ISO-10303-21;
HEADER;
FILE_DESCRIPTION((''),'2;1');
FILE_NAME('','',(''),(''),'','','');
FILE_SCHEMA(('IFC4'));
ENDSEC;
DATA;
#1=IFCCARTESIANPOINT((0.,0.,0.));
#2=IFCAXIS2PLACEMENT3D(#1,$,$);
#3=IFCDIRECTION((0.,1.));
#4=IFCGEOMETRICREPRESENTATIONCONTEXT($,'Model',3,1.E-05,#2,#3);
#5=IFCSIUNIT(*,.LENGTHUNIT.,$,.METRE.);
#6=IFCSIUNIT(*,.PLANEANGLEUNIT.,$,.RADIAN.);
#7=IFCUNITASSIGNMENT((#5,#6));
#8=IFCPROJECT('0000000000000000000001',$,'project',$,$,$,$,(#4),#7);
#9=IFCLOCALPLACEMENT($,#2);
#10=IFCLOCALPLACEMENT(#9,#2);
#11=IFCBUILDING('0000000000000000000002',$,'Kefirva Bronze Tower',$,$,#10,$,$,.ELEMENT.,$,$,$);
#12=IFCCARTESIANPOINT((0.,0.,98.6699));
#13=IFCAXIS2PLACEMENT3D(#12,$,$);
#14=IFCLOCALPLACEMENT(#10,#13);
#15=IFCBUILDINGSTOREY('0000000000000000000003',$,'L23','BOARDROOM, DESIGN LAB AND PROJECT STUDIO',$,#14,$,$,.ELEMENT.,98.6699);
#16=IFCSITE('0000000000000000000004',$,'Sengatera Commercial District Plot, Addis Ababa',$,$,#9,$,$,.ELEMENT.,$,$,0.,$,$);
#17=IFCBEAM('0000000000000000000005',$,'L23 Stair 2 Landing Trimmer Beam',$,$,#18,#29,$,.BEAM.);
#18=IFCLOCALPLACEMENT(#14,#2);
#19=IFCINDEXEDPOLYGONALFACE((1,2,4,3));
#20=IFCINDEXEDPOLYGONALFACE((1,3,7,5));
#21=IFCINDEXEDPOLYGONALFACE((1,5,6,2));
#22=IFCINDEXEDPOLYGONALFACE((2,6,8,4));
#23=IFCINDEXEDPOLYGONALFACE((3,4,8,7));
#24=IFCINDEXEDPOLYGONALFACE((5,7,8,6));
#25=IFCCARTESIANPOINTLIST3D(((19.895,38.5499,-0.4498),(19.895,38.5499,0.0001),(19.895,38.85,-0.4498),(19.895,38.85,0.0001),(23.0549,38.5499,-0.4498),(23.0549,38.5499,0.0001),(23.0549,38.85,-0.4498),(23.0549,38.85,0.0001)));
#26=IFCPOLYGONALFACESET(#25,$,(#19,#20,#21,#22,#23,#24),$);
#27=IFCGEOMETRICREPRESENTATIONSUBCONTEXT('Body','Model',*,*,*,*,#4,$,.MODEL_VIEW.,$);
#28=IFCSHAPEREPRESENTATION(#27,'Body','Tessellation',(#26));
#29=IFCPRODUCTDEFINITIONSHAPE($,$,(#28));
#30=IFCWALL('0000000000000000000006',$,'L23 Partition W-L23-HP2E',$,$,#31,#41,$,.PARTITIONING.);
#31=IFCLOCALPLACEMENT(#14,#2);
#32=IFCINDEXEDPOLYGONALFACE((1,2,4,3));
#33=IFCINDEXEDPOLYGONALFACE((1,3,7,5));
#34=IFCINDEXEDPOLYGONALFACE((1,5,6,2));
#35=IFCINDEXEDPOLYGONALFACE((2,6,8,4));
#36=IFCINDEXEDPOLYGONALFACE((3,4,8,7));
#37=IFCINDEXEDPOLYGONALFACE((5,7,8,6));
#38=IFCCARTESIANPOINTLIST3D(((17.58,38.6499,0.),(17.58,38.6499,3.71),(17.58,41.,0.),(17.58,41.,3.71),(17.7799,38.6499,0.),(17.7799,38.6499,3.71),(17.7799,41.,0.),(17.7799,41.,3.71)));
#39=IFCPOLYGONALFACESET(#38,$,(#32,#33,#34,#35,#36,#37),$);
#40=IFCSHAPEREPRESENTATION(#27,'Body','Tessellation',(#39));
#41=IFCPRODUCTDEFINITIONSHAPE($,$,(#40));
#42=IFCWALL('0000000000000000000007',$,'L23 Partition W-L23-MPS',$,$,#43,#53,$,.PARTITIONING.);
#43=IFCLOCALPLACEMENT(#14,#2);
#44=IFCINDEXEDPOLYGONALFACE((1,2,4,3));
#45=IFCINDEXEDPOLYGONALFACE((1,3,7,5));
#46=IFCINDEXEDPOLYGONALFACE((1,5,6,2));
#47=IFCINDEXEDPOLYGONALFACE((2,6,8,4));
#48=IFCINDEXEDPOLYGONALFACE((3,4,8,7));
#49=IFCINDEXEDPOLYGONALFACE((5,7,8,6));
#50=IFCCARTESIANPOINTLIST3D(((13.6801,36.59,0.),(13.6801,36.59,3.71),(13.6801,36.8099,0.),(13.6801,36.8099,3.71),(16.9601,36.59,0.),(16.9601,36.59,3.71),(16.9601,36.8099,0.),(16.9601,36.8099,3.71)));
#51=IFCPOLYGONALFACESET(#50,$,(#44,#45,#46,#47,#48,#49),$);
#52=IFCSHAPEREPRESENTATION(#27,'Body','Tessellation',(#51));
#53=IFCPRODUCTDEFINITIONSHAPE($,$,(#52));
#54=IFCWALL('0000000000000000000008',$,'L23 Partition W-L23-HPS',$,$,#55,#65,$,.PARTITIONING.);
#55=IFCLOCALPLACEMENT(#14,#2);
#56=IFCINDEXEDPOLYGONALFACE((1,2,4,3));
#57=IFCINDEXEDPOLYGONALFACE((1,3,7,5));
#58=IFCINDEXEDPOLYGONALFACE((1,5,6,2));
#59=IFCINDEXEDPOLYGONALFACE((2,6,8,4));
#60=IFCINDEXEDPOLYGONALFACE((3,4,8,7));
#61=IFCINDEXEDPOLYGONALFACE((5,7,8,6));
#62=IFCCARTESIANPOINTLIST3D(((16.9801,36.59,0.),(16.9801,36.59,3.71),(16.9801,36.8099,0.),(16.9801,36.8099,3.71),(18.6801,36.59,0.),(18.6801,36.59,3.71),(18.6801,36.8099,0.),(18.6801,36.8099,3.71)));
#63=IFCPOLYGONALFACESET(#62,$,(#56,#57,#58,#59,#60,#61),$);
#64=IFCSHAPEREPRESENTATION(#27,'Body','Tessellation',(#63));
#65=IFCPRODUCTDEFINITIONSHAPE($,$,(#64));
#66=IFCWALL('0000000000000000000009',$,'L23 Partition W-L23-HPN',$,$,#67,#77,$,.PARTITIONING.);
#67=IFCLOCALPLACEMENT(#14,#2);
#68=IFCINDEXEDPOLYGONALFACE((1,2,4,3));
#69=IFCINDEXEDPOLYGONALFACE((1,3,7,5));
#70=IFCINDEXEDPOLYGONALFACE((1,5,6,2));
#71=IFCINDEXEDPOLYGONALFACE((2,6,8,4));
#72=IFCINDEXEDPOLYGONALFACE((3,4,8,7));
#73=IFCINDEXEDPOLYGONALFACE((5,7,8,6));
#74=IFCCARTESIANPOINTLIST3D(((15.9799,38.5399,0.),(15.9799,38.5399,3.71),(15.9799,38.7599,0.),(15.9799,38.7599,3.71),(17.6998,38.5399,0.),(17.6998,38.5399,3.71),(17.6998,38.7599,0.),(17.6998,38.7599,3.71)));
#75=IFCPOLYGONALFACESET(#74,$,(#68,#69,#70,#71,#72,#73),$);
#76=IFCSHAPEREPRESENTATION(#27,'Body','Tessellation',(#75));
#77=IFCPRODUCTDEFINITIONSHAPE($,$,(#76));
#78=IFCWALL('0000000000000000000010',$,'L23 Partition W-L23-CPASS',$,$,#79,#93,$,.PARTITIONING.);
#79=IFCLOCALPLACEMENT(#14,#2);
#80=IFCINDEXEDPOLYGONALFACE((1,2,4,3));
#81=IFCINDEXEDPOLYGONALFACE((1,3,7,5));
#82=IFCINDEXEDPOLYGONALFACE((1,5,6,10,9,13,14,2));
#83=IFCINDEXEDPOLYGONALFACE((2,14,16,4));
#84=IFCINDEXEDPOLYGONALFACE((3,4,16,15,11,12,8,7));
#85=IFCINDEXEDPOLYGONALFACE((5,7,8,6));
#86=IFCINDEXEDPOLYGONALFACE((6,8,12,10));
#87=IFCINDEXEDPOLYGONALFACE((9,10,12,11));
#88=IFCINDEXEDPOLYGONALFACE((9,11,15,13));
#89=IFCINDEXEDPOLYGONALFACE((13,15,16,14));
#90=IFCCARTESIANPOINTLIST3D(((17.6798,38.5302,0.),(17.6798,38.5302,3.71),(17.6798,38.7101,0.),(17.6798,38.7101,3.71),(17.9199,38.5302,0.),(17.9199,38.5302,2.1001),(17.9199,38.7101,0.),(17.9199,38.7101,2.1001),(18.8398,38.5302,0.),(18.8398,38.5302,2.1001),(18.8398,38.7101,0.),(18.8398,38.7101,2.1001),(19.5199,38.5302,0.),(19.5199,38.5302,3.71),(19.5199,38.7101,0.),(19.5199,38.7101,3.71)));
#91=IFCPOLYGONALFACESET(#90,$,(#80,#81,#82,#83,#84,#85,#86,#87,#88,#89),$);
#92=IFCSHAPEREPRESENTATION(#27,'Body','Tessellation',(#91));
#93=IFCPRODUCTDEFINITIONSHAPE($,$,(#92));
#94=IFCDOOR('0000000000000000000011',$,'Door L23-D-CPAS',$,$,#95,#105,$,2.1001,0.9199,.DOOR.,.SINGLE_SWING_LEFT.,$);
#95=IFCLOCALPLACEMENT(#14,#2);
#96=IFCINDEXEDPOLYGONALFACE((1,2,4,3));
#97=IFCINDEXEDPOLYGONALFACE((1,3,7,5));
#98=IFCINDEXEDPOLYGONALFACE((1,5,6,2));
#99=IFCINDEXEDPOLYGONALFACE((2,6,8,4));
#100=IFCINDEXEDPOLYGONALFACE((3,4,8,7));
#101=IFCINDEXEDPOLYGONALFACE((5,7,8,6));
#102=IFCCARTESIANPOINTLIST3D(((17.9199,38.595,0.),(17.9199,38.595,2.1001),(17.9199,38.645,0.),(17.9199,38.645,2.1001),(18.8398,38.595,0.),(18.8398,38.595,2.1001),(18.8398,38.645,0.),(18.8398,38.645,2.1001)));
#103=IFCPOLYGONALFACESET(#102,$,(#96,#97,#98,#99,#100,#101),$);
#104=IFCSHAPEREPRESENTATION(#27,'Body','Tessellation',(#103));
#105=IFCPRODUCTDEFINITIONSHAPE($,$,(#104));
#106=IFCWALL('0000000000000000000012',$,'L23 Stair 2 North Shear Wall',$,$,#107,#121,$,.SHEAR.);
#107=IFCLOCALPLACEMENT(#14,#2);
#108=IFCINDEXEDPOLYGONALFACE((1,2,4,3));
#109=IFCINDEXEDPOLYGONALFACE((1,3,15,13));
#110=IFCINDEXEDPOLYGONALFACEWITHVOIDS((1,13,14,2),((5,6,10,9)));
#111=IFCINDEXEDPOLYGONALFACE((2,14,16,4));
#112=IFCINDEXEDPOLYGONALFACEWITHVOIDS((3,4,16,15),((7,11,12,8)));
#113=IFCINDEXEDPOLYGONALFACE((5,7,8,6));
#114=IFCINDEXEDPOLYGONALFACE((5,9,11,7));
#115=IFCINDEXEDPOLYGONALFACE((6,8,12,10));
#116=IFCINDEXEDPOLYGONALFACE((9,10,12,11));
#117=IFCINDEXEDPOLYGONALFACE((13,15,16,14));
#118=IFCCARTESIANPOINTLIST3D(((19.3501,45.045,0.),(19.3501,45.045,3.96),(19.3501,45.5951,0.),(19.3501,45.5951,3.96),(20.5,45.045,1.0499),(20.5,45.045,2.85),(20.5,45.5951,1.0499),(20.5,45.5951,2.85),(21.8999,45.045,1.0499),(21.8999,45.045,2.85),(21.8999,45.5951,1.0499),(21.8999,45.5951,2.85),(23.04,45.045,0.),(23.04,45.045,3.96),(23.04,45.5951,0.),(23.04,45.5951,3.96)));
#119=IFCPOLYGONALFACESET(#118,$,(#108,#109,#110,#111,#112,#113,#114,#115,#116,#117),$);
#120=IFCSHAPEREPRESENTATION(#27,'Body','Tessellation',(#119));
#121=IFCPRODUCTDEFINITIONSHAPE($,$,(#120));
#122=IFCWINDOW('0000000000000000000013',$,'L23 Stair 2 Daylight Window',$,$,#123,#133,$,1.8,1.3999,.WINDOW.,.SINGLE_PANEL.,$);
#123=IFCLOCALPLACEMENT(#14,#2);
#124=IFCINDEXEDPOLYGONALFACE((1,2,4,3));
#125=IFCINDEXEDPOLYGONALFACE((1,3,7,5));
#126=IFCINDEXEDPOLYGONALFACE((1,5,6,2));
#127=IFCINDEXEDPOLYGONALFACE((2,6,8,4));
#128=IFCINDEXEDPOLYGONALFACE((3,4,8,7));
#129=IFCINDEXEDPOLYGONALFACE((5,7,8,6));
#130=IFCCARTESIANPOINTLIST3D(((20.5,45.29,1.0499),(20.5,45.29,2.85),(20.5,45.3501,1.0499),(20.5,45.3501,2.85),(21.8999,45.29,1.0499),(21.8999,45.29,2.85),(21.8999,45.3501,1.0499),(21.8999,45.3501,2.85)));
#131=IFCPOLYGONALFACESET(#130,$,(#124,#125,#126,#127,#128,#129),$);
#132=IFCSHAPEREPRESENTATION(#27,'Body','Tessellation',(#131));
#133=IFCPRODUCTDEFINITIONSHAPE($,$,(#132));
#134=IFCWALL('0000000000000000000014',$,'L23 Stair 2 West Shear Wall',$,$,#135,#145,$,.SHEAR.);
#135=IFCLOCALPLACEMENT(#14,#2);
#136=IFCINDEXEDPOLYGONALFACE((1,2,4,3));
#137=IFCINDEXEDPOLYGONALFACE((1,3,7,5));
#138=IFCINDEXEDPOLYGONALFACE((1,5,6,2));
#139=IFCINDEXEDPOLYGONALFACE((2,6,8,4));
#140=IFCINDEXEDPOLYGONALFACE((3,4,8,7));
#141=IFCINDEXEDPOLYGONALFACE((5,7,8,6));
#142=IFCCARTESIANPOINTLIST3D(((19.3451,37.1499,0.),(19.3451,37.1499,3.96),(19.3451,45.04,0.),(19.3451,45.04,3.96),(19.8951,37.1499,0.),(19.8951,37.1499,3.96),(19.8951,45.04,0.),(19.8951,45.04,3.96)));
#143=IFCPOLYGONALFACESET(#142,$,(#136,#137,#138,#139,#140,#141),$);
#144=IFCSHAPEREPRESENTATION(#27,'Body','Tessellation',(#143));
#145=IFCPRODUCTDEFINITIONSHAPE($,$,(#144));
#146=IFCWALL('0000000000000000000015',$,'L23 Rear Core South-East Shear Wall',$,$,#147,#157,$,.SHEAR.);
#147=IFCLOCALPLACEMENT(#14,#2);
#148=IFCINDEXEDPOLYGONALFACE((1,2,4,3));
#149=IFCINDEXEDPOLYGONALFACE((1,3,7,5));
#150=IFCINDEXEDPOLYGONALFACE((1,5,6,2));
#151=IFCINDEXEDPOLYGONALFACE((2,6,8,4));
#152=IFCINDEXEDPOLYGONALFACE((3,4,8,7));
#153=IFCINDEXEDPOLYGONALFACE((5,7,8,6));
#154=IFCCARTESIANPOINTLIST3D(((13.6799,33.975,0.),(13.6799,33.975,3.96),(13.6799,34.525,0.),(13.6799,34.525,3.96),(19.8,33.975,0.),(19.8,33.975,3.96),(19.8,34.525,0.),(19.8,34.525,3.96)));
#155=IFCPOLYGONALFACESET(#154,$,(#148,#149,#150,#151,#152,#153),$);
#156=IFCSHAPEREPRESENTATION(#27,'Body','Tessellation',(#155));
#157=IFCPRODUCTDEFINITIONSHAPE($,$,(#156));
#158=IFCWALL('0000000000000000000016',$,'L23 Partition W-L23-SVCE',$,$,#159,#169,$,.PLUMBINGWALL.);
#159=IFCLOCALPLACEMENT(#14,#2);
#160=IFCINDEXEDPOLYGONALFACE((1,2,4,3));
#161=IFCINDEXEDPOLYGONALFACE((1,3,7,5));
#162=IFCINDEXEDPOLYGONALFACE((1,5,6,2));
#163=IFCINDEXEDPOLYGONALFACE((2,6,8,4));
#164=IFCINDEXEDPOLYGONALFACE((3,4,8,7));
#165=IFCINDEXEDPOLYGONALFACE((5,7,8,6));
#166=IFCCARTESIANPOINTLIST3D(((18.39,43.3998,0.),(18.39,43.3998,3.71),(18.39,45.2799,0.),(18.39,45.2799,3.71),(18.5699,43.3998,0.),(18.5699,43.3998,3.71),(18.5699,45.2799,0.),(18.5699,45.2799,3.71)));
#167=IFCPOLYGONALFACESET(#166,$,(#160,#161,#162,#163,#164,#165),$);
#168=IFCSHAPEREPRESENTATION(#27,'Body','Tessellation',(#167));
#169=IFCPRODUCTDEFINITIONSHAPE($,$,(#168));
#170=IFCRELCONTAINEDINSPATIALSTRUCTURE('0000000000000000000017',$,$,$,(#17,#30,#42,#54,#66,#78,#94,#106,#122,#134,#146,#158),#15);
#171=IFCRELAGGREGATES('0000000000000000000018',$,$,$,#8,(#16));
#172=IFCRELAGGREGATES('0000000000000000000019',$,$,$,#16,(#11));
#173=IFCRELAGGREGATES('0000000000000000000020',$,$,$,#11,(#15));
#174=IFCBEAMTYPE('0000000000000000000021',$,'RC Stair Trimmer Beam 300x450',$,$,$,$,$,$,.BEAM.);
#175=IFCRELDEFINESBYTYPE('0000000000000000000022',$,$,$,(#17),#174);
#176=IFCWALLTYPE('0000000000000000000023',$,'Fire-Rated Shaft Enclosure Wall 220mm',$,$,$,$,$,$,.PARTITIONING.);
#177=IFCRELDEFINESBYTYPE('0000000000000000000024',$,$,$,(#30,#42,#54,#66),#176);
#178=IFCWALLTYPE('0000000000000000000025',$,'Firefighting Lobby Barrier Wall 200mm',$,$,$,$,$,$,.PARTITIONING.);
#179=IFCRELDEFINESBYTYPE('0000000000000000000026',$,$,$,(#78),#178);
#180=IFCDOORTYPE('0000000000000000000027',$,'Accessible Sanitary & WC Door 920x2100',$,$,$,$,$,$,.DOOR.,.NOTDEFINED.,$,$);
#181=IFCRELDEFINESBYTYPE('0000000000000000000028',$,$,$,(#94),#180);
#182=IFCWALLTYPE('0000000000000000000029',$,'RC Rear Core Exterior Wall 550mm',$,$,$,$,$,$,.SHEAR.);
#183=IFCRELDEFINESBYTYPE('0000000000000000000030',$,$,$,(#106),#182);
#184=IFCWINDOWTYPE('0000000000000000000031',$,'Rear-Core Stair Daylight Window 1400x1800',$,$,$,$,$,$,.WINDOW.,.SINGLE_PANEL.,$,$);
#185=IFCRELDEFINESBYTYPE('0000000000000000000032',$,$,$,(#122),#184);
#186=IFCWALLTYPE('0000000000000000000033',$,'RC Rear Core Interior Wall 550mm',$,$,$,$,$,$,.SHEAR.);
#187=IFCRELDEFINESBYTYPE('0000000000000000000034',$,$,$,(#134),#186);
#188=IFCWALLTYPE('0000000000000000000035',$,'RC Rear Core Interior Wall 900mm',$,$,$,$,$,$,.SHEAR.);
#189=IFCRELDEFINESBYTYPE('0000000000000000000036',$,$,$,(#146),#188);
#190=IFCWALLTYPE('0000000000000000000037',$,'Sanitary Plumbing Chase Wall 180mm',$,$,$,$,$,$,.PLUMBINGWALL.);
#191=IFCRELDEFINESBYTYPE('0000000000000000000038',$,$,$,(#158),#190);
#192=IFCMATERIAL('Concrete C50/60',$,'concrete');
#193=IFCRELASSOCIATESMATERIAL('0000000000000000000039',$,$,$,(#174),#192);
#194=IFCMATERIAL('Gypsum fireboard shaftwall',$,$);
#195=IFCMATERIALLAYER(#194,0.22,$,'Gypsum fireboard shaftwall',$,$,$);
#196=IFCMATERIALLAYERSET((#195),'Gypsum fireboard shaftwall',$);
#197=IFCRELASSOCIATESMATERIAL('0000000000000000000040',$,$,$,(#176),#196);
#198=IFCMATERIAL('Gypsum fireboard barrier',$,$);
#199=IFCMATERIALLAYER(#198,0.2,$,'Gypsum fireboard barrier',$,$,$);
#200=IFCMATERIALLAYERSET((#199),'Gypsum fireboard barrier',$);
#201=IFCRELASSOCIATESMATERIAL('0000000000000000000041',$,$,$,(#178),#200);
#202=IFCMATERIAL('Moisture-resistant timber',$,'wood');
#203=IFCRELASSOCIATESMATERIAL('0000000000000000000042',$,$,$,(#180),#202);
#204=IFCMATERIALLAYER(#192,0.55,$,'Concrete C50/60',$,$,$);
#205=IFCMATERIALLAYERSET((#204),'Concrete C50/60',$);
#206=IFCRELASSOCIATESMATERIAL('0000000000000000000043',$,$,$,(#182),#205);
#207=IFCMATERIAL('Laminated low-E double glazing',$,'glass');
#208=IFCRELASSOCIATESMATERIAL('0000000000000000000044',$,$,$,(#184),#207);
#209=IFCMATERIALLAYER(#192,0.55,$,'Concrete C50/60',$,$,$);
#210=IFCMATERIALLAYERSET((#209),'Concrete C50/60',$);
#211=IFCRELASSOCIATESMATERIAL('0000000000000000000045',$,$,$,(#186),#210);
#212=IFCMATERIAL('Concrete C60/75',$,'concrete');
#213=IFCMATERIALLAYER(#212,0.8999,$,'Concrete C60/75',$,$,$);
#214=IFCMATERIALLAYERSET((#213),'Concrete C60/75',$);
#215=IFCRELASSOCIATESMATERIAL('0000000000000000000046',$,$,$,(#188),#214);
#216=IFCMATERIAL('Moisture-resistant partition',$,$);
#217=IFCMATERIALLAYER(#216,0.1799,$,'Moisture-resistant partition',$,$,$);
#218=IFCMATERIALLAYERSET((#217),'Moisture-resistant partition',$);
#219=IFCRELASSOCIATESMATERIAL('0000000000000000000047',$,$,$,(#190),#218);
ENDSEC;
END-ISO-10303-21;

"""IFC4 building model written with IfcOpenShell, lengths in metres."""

from ifc_helpers import new_model, si_unit, direction, frame, frame_2d, origin, origin_2d, place, context, subcontext, project, spatial, rectangle, extrude, material, layer, layer_set, material_profile, profile_set, type_object, element, fill, save


model = new_model("IFC4")

# Units and contexts
model_context = context("Model", 3, precision=1e-05, world=origin(), true_north=direction((0.0, 1.0)))
body_context = subcontext(model_context, "Body", "Model", "MODEL_VIEW")
ifc_project = project(units=[si_unit("LENGTHUNIT", "METRE"), si_unit("PLANEANGLEUNIT", "RADIAN")], contexts=[model_context])

# Site, building, storey
site_placement = place(None, origin())
site = spatial("IfcSite", under=ifc_project, at=site_placement, Name="Sengatera Commercial District Plot, Addis Ababa", CompositionType="ELEMENT", RefElevation=0.0)
building_placement = place(site_placement, origin())
building = spatial("IfcBuilding", under=site, at=building_placement, Name="Kefirva Bronze Tower", CompositionType="ELEMENT")
storey_placement = place(building_placement, frame((0.0, 0.0, 98.6699)))
storey = spatial("IfcBuildingStorey", under=building, at=storey_placement, Name="L23", Description="BOARDROOM, DESIGN LAB AND PROJECT STUDIO", CompositionType="ELEMENT", Elevation=98.6699)

# Beam
ifc_material_1 = material(Name="Concrete C50/60", Category="concrete")
ifc_material_profile = material_profile(ifc_material_1, rectangle(XDim=0.3, YDim=0.45, at=origin_2d()), Name="RC 300x450")
ifc_profile_set = profile_set([ifc_material_profile], Name="Concrete C50/60")
beam_type = type_object("IfcBeamType", Name="RC Stair Trimmer Beam 300x450", PredefinedType="BEAM", material=ifc_profile_set)
beam_placement = place(storey_placement, frame((19.895, 38.7, -0.2249), z_axis=(1.0, 0.0, 0.0), x_axis=(0.0, 1.0, 0.0)))
element("IfcBeam", 1, at=beam_placement, inside=storey, type_object=beam_type, Name="L23 Stair 2 Landing Trimmer Beam", PredefinedType="BEAM", context=body_context, shape_type="SweptSolid", body=[
    extrude(rectangle(XDim=0.3, YDim=0.45, at=origin_2d()), origin(), (0.0, 0.0, 1.0), 3.1599),
])

# Shared definitions
ifc_material_2 = material(Name="Gypsum fireboard shaftwall")
ifc_layer_1 = layer(ifc_material_2, 0.22, Name="Gypsum fireboard shaftwall")
ifc_layer_set_1 = layer_set([ifc_layer_1], Name="Gypsum fireboard shaftwall")
wall_type_1 = type_object("IfcWallType", Name="Fire-Rated Shaft Enclosure Wall 220mm", PredefinedType="PARTITIONING", material=ifc_layer_set_1)

# Walls
wall_1_placement = place(storey_placement, frame((17.6799, 38.6499, 0.0), z_axis=(0.0, 0.0, 1.0), x_axis=(0.0, 1.0, 0.0)))
element("IfcWall", 2, at=wall_1_placement, inside=storey, type_object=wall_type_1, Name="L23 Partition W-L23-HP2E", PredefinedType="PARTITIONING", context=body_context, shape_type="SweptSolid", body=[
    extrude(rectangle(XDim=2.3501, YDim=0.2, at=frame_2d((1.175, 0.0))), origin(), (0.0, 0.0, 1.0), 3.71),
])
wall_2_placement = place(storey_placement, frame((13.6799, 36.7, 0.0), z_axis=(0.0, 0.0, 1.0), x_axis=(1.0, 0.0, 0.0)))
element("IfcWall", 3, at=wall_2_placement, inside=storey, type_object=wall_type_1, Name="L23 Partition W-L23-MPS", PredefinedType="PARTITIONING", context=body_context, shape_type="SweptSolid", body=[
    extrude(rectangle(XDim=3.28, YDim=0.22, at=frame_2d((1.6401, 0.0))), origin(), (0.0, 0.0, 1.0), 3.71),
])
wall_3_placement = place(storey_placement, frame((16.98, 36.7, 0.0), z_axis=(0.0, 0.0, 1.0), x_axis=(1.0, 0.0, 0.0)))
element("IfcWall", 4, at=wall_3_placement, inside=storey, type_object=wall_type_1, Name="L23 Partition W-L23-HPS", PredefinedType="PARTITIONING", context=body_context, shape_type="SweptSolid", body=[
    extrude(rectangle(XDim=1.7, YDim=0.22, at=frame_2d((0.8501, 0.0))), origin(), (0.0, 0.0, 1.0), 3.71),
])
wall_4_placement = place(storey_placement, frame((15.98, 38.6499, 0.0), z_axis=(0.0, 0.0, 1.0), x_axis=(1.0, 0.0, 0.0)))
element("IfcWall", 5, at=wall_4_placement, inside=storey, type_object=wall_type_1, Name="L23 Partition W-L23-HPN", PredefinedType="PARTITIONING", context=body_context, shape_type="SweptSolid", body=[
    extrude(rectangle(XDim=1.72, YDim=0.22, at=frame_2d((0.8599, 0.0))), origin(), (0.0, 0.0, 1.0), 3.71),
])

# Wall, opening, door
ifc_material_3 = material(Name="Gypsum fireboard barrier")
ifc_layer_2 = layer(ifc_material_3, 0.2, Name="Gypsum fireboard barrier")
ifc_layer_set_2 = layer_set([ifc_layer_2], Name="Gypsum fireboard barrier")
wall_type_2 = type_object("IfcWallType", Name="Firefighting Lobby Barrier Wall 200mm", PredefinedType="PARTITIONING", material=ifc_layer_set_2)
wall_5_placement = place(storey_placement, frame((17.6799, 38.6201, 0.0), z_axis=(0.0, 0.0, 1.0), x_axis=(1.0, 0.0, 0.0)))
wall_5 = element("IfcWall", 6, at=wall_5_placement, inside=storey, type_object=wall_type_2, Name="L23 Partition W-L23-CPASS", PredefinedType="PARTITIONING", context=body_context, shape_type="SweptSolid", body=[
    extrude(rectangle(XDim=1.8401, YDim=0.1799, at=frame_2d((0.9199, 0.0))), origin(), (0.0, 0.0, 1.0), 3.71),
])
opening_1_placement = place(wall_5_placement, frame((0.24, 0.0, 0.0)))
opening_1 = element("IfcOpeningElement", 7, at=opening_1_placement, cuts=wall_5, PredefinedType="OPENING", context=body_context, shape_type="SweptSolid", body=[
    extrude(rectangle(XDim=0.9199, YDim=2.1001, at=frame_2d((0.46, 1.05))), frame((0.0, 0.1001, 0.0), z_axis=(0.0, -1.0, 0.0), x_axis=(1.0, 0.0, 0.0)), (0.0, 0.0, 1.0), 0.2),
])
ifc_material_4 = material(Name="Moisture-resistant timber", Category="wood")
door_type_1 = type_object("IfcDoorType", Name="Accessible Sanitary & WC Door 920x2100", OperationType="NOTDEFINED", PredefinedType="DOOR", material=ifc_material_4)
door_1_placement = place(opening_1_placement, origin())
door_1 = element("IfcDoor", 8, at=door_1_placement, inside=storey, type_object=door_type_1, Name="Door L23-D-CPAS", OperationType="SINGLE_SWING_LEFT", OverallHeight=2.1001, OverallWidth=0.9199, PredefinedType="DOOR", context=body_context, shape_type="SweptSolid", body=[
    extrude(rectangle(XDim=0.9199, YDim=2.1001, at=frame_2d((0.46, 1.05))), frame((0.0, 0.0249, 0.0), z_axis=(0.0, -1.0, 0.0), x_axis=(1.0, 0.0, 0.0)), (0.0, 0.0, 1.0), 0.05),
])
fill(opening_1, door_1)

# Wall, opening, window
ifc_layer_3 = layer(ifc_material_1, 0.55, Name="Concrete C50/60")
ifc_layer_set_3 = layer_set([ifc_layer_3], Name="Concrete C50/60")
wall_type_3 = type_object("IfcWallType", Name="RC Rear Core Exterior Wall 550mm", PredefinedType="SHEAR", material=ifc_layer_set_3)
wall_6_placement = place(storey_placement, frame((19.3501, 45.3201, 0.0), z_axis=(0.0, 0.0, 1.0), x_axis=(1.0, 0.0, 0.0)))
wall_6 = element("IfcWall", 9, at=wall_6_placement, inside=storey, type_object=wall_type_3, Name="L23 Stair 2 North Shear Wall", PredefinedType="SHEAR", context=body_context, shape_type="SweptSolid", body=[
    extrude(rectangle(XDim=3.6899, YDim=0.55, at=frame_2d((1.845, 0.0))), origin(), (0.0, 0.0, 1.0), 3.96),
])
opening_2_placement = place(wall_6_placement, frame((1.1499, 0.0, 1.05)))
opening_2 = element("IfcOpeningElement", 10, at=opening_2_placement, cuts=wall_6, PredefinedType="OPENING", context=body_context, shape_type="SweptSolid", body=[
    extrude(rectangle(XDim=1.3999, YDim=1.8, at=frame_2d((0.7, 0.8999))), frame((0.0, 0.2852, 0.0), z_axis=(0.0, -1.0, 0.0), x_axis=(1.0, 0.0, 0.0)), (0.0, 0.0, 1.0), 0.5701),
])
ifc_material_5 = material(Name="Laminated low-E double glazing", Category="glass")
window_type = type_object("IfcWindowType", Name="Rear-Core Stair Daylight Window 1400x1800", PartitioningType="SINGLE_PANEL", PredefinedType="WINDOW", material=ifc_material_5)
window_placement = place(opening_2_placement, origin())
window = element("IfcWindow", 11, at=window_placement, inside=storey, type_object=window_type, Name="L23 Stair 2 Daylight Window", OverallHeight=1.8, OverallWidth=1.3999, PartitioningType="SINGLE_PANEL", PredefinedType="WINDOW", context=body_context, shape_type="SweptSolid", body=[
    extrude(rectangle(XDim=1.3999, YDim=1.8, at=frame_2d((0.7, 0.8999))), frame((0.0, 0.03, 0.0), z_axis=(0.0, -1.0, 0.0), x_axis=(1.0, 0.0, 0.0)), (0.0, 0.0, 1.0), 0.0601),
])
fill(opening_2, window)

# Walls
ifc_layer_4 = layer(ifc_material_1, 0.55, Name="Concrete C50/60")
ifc_layer_set_4 = layer_set([ifc_layer_4], Name="Concrete C50/60")
wall_type_4 = type_object("IfcWallType", Name="RC Rear Core Interior Wall 550mm", PredefinedType="SHEAR", material=ifc_layer_set_4)
wall_7_placement = place(storey_placement, frame((19.6201, 37.1499, 0.0), z_axis=(0.0, 0.0, 1.0), x_axis=(0.0, 1.0, 0.0)))
element("IfcWall", 12, at=wall_7_placement, inside=storey, type_object=wall_type_4, Name="L23 Stair 2 West Shear Wall", PredefinedType="SHEAR", context=body_context, shape_type="SweptSolid", body=[
    extrude(rectangle(XDim=7.8901, YDim=0.55, at=frame_2d((3.9451, 0.0))), origin(), (0.0, 0.0, 1.0), 3.96),
])
ifc_material_6 = material(Name="Concrete C60/75", Category="concrete")
ifc_layer_5 = layer(ifc_material_6, 0.8999, Name="Concrete C60/75")
ifc_layer_set_5 = layer_set([ifc_layer_5], Name="Concrete C60/75")
wall_type_5 = type_object("IfcWallType", Name="RC Rear Core Interior Wall 900mm", PredefinedType="SHEAR", material=ifc_layer_set_5)
wall_8_placement = place(storey_placement, frame((13.6799, 34.25, 0.0), z_axis=(0.0, 0.0, 1.0), x_axis=(1.0, 0.0, 0.0)))
element("IfcWall", 13, at=wall_8_placement, inside=storey, type_object=wall_type_5, Name="L23 Rear Core South-East Shear Wall", PredefinedType="SHEAR", context=body_context, shape_type="SweptSolid", body=[
    extrude(rectangle(XDim=6.1201, YDim=0.55, at=frame_2d((3.0601, 0.0))), origin(), (0.0, 0.0, 1.0), 3.96),
])
ifc_material_7 = material(Name="Moisture-resistant partition")
ifc_layer_6 = layer(ifc_material_7, 0.1799, Name="Moisture-resistant partition")
ifc_layer_set_6 = layer_set([ifc_layer_6], Name="Moisture-resistant partition")
wall_type_6 = type_object("IfcWallType", Name="Sanitary Plumbing Chase Wall 180mm", PredefinedType="PLUMBINGWALL", material=ifc_layer_set_6)
for number, where, z_axis, x_axis, name in (
    (14, (18.48, 43.3999, 0.0), (0.0, 0.0, 1.0), (0.0, 1.0, 0.0), "L23 Partition W-L23-SVCE"),
):
    element("IfcWall", number, at=place(storey_placement, frame(where, z_axis=z_axis, x_axis=x_axis)), inside=storey, type_object=wall_type_6, Name=name, PredefinedType="PLUMBINGWALL", context=body_context, shape_type="SweptSolid", body=[
        extrude(rectangle(XDim=1.8801, YDim=0.1799, at=frame_2d((0.9399, 0.0))), origin(), (0.0, 0.0, 1.0), 3.71),
    ])

save(model, "model.ifc")
